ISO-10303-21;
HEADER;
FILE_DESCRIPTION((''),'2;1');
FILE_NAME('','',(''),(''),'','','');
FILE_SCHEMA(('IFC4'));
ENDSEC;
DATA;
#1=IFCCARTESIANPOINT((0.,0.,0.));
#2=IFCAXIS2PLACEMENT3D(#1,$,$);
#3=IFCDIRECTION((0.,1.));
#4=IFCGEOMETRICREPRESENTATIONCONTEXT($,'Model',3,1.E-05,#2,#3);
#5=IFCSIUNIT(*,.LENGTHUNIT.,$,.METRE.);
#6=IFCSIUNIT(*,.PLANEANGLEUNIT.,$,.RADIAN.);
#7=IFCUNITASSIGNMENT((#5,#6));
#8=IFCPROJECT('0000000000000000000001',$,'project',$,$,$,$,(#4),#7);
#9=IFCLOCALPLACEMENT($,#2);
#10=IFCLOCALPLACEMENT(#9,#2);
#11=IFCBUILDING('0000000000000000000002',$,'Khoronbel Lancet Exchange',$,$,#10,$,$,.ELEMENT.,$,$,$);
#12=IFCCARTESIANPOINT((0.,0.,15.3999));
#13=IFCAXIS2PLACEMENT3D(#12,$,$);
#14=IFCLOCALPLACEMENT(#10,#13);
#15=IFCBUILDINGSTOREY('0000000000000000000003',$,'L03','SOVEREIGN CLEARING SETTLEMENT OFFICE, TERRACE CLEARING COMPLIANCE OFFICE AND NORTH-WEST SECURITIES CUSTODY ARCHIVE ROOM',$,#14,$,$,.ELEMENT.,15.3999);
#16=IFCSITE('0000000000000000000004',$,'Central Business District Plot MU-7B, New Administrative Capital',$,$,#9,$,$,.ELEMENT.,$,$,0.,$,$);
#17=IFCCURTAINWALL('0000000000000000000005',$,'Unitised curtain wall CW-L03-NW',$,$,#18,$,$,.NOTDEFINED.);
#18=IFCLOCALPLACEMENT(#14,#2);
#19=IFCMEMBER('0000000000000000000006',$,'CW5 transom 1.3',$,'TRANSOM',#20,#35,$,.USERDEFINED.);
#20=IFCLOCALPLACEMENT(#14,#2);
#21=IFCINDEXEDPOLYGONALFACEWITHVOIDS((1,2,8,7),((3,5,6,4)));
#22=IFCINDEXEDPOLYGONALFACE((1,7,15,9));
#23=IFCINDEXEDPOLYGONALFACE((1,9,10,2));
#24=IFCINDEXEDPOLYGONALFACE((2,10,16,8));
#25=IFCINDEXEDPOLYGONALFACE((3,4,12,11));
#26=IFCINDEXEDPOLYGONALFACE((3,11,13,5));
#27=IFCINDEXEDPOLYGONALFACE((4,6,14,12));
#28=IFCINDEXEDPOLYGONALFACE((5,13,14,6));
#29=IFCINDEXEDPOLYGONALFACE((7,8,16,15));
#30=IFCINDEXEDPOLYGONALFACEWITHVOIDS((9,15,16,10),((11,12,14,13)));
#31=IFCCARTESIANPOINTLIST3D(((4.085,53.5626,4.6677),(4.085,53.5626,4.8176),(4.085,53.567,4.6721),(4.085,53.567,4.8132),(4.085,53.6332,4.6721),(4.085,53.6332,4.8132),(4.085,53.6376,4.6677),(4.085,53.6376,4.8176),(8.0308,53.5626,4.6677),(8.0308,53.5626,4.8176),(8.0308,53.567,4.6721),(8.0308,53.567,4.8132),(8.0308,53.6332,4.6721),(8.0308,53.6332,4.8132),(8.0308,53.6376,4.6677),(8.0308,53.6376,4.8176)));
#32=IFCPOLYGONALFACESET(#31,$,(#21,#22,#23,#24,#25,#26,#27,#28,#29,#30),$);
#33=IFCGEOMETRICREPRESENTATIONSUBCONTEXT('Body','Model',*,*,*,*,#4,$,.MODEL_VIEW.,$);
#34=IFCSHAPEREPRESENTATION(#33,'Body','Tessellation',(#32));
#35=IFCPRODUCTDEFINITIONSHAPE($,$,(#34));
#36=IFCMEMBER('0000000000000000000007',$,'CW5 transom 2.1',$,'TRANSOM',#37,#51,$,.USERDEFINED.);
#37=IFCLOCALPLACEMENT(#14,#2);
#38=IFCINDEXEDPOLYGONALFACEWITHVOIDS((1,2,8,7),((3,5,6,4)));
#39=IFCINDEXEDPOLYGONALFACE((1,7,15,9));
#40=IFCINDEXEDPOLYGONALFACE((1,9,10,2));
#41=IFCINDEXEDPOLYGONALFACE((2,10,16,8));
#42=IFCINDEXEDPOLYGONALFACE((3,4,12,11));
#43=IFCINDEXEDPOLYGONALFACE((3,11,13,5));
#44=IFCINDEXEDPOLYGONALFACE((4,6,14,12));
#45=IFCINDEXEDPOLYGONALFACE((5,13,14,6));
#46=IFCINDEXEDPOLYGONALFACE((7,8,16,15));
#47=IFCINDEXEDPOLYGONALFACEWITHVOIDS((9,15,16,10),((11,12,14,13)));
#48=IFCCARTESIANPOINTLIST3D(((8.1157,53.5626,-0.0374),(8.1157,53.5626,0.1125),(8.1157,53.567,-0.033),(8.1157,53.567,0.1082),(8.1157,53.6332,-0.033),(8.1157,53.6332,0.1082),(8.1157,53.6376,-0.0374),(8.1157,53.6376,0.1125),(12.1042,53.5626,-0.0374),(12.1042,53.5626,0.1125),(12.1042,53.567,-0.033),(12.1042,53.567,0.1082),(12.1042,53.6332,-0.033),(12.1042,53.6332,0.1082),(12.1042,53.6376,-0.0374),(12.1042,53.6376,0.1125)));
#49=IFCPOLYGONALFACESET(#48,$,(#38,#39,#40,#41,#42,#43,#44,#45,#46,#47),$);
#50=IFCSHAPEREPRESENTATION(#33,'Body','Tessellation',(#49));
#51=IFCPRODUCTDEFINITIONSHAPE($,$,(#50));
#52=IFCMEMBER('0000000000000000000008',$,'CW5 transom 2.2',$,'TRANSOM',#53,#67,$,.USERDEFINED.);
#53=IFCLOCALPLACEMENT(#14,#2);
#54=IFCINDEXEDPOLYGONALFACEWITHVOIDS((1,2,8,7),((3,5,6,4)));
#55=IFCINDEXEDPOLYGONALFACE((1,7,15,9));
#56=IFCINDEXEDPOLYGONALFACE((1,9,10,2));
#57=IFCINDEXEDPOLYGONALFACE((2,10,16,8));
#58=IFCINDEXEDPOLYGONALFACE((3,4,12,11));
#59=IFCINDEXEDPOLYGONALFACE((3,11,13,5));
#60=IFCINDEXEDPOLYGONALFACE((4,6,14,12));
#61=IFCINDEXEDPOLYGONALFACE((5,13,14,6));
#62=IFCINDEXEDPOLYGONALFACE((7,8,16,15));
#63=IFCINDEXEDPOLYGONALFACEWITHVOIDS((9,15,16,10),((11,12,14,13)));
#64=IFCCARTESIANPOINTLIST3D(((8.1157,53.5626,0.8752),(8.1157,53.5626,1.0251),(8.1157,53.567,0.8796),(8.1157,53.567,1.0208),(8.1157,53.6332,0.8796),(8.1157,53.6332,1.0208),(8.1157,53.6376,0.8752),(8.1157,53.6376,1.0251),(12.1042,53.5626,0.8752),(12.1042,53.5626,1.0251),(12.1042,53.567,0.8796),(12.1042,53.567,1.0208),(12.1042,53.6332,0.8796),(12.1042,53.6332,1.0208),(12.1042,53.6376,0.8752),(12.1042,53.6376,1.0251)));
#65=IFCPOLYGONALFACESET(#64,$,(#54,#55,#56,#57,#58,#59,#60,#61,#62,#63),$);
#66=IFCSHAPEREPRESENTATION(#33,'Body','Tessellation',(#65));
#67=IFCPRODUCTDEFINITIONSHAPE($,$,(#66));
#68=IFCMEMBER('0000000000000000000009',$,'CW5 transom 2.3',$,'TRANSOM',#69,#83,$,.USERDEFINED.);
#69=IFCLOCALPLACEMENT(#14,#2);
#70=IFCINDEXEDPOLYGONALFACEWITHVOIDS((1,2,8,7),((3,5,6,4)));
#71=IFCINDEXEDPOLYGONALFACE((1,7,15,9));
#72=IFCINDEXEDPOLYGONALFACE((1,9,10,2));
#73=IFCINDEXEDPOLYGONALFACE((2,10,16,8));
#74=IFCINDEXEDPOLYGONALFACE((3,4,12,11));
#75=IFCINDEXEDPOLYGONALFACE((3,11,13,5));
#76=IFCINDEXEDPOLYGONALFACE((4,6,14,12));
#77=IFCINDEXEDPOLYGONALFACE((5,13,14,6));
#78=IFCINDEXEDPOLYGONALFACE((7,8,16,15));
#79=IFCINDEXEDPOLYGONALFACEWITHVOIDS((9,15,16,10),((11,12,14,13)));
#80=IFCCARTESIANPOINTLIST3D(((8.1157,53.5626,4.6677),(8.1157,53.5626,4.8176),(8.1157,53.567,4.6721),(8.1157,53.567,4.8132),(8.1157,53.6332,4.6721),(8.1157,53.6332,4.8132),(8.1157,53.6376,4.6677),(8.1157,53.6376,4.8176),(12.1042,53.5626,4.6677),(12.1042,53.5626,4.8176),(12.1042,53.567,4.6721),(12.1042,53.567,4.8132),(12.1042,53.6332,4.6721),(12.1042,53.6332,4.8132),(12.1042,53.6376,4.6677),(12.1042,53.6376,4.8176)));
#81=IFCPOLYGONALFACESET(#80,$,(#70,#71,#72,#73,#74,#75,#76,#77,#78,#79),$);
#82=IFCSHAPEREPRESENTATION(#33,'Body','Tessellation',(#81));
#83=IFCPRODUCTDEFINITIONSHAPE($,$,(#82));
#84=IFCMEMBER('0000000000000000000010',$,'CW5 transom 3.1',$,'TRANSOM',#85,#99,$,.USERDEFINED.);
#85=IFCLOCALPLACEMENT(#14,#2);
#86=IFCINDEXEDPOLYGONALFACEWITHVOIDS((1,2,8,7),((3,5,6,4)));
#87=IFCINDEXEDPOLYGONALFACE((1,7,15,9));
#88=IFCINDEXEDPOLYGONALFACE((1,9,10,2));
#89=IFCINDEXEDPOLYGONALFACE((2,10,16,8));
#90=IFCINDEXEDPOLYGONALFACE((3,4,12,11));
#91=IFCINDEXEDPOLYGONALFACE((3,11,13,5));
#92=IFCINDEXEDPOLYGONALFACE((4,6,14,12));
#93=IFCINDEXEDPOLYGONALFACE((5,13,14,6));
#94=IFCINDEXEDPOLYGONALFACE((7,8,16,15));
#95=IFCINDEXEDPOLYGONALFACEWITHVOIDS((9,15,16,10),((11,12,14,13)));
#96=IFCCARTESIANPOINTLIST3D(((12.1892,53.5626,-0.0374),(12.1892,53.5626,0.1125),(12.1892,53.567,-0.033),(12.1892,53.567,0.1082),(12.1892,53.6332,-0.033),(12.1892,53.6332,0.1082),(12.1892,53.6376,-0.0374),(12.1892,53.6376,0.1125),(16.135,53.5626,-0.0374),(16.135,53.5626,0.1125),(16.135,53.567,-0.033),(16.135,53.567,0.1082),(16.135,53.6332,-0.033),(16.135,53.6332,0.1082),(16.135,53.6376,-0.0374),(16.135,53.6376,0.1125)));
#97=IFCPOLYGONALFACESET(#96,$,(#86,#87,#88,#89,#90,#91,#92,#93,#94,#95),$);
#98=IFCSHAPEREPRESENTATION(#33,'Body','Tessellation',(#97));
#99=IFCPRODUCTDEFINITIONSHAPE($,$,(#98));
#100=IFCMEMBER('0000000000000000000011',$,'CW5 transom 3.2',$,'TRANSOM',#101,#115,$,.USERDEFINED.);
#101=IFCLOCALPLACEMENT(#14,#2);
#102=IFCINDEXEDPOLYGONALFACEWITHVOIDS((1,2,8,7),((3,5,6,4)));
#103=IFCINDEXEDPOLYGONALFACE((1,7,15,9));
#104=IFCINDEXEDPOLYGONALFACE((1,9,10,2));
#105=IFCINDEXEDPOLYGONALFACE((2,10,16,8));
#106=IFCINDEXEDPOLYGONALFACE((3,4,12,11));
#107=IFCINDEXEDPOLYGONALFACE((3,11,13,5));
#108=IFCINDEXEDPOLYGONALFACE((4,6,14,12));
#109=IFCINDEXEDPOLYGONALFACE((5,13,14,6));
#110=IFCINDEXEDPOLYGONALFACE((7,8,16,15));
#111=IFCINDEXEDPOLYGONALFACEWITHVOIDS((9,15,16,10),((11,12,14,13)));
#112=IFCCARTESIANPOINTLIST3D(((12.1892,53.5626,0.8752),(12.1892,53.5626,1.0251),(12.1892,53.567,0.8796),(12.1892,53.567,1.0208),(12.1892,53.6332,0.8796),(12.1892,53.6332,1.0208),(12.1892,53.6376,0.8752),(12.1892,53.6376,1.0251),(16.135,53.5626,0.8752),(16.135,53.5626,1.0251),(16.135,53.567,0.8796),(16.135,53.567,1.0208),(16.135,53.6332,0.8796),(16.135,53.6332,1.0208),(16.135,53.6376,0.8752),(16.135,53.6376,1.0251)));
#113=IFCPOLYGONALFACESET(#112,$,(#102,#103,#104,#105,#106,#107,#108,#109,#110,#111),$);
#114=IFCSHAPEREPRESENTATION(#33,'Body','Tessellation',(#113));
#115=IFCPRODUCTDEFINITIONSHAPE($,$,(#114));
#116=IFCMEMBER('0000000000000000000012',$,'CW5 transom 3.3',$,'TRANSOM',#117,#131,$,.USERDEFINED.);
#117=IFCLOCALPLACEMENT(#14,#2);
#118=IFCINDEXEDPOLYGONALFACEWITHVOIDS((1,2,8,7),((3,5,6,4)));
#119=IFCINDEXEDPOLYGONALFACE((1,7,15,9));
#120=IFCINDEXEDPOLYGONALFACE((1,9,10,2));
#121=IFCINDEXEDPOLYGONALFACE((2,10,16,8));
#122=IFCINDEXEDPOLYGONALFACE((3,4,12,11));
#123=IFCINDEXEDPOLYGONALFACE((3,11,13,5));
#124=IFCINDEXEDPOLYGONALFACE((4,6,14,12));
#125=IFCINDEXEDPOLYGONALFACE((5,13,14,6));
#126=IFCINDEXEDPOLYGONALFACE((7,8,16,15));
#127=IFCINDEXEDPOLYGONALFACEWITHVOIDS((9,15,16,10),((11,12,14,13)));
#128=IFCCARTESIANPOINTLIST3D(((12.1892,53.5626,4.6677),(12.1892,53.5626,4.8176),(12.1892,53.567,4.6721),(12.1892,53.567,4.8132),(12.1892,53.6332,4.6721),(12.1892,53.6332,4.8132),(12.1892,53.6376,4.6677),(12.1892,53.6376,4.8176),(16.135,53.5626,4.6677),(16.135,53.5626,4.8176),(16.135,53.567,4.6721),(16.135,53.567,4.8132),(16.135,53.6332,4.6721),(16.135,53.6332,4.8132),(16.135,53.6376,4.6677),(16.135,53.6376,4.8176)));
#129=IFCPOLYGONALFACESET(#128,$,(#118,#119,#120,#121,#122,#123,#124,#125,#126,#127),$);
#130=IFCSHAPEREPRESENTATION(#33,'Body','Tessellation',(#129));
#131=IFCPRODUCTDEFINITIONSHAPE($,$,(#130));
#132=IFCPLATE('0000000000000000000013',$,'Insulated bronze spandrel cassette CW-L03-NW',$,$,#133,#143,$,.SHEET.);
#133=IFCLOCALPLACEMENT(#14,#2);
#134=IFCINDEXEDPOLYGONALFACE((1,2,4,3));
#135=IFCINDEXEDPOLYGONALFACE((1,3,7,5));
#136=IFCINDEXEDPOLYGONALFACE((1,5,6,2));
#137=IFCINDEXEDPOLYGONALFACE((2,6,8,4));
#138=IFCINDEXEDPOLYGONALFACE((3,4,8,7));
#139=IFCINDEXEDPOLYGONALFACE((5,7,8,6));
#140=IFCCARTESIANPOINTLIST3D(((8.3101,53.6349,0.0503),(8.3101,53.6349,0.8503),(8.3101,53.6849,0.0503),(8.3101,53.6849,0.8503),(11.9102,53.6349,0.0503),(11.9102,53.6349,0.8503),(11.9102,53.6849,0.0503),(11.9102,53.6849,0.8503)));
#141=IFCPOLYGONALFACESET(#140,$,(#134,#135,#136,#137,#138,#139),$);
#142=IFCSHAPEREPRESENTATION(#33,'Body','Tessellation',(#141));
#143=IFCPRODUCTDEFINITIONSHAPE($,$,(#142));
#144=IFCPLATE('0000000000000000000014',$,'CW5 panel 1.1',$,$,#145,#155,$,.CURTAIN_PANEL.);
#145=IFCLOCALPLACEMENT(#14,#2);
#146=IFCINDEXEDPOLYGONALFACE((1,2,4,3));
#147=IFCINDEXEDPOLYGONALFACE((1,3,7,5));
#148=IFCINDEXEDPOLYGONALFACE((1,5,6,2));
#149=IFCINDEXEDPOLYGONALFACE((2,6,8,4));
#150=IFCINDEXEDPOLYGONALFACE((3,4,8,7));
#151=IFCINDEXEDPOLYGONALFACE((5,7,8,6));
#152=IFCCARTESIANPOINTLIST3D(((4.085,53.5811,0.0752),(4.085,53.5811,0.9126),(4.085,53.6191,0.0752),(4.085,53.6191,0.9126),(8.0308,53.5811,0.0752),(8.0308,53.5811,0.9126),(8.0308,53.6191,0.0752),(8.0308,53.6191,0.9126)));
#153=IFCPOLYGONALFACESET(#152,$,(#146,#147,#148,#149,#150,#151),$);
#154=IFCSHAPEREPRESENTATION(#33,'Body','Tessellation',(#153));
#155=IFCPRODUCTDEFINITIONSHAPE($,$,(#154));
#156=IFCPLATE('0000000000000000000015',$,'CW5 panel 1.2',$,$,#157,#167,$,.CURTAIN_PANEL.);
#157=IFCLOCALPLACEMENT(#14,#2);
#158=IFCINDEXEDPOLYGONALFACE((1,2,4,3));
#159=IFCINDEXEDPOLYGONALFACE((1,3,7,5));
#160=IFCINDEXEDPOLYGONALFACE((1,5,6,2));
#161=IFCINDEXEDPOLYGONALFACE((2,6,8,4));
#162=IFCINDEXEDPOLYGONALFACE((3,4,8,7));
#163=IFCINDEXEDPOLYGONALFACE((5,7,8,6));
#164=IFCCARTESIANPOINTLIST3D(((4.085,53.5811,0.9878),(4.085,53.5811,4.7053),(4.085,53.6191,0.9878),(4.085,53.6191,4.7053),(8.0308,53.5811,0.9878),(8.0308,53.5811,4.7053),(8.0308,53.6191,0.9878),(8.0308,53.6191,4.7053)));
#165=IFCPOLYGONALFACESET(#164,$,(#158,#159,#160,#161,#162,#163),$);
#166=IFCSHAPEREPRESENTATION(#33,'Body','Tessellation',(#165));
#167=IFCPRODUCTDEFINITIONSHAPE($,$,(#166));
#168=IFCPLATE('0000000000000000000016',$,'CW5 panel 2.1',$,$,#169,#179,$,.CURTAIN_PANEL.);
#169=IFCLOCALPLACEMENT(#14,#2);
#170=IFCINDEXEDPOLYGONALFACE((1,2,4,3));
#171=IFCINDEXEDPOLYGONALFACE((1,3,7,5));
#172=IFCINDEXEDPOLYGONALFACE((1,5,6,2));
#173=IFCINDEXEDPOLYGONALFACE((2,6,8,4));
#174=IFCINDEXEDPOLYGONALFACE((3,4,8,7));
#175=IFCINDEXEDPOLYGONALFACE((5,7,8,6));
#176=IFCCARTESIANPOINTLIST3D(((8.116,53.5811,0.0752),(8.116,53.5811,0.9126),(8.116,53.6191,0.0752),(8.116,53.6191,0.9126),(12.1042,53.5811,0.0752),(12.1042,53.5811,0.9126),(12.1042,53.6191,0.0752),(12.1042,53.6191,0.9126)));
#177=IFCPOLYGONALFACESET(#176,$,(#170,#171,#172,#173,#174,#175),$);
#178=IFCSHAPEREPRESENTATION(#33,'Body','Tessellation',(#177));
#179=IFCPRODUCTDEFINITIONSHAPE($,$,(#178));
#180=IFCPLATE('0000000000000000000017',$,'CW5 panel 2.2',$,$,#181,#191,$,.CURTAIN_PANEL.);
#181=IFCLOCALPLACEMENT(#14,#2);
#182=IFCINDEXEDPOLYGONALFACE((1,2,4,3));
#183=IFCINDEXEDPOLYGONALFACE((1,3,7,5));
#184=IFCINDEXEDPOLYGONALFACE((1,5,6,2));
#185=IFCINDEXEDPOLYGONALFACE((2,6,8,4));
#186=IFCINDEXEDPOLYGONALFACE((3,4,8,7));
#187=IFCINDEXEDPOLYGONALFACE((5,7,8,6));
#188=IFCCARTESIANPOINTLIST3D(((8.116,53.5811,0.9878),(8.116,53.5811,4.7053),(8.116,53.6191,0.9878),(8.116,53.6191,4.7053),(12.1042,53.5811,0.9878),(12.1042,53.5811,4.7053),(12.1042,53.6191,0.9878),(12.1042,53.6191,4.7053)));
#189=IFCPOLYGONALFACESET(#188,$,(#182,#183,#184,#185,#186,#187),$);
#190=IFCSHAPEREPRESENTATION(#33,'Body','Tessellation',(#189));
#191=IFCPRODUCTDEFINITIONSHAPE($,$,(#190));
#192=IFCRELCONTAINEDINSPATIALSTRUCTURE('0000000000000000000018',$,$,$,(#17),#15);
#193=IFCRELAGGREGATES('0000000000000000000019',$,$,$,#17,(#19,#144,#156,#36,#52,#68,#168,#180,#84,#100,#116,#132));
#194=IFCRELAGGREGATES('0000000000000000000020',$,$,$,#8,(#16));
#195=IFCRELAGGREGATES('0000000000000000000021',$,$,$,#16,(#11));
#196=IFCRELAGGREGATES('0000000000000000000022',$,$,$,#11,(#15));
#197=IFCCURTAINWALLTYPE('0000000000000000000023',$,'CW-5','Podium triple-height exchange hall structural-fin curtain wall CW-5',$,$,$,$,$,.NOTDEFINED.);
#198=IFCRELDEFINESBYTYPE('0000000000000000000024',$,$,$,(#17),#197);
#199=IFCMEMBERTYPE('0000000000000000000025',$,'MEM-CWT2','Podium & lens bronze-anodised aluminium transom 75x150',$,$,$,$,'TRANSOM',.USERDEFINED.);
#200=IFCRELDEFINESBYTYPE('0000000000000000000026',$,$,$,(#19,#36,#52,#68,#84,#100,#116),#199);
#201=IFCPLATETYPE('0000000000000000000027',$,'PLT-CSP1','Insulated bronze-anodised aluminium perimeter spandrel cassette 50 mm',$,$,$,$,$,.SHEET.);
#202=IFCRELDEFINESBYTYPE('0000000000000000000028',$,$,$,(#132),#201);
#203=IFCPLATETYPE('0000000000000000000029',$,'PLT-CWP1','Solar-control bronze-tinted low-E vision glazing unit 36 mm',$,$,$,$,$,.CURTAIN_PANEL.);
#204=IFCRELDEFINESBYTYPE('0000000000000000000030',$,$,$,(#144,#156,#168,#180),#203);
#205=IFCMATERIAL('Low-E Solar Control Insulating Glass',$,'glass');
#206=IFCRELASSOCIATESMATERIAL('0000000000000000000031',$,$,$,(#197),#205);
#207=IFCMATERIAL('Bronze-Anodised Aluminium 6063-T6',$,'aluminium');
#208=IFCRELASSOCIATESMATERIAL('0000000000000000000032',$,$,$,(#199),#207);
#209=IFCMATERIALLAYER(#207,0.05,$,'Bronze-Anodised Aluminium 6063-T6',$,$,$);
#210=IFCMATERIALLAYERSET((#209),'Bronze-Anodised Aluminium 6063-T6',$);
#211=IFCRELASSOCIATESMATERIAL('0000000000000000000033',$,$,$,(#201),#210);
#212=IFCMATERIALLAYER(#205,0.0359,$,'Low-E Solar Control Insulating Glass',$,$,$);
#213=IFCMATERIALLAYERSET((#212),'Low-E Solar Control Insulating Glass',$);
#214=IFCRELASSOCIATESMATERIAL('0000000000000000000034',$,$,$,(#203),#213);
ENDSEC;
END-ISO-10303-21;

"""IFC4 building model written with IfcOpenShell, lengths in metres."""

from ifc_helpers import new_model, si_unit, direction, frame, origin, origin_2d, place, context, subcontext, project, spatial, rectangle, hollow_rectangle, extrude, material, layer, layer_set, material_profile, profile_set, type_object, element, aggregate, save


model = new_model("IFC4")

# Units and contexts
model_context = context("Model", 3, precision=1e-05, world=origin(), true_north=direction((0.0, 1.0)))
body_context = subcontext(model_context, "Body", "Model", "MODEL_VIEW")
ifc_project = project(units=[si_unit("LENGTHUNIT", "METRE"), si_unit("PLANEANGLEUNIT", "RADIAN")], contexts=[model_context])

# Site, building, storey
site_placement = place(None, origin())
site = spatial("IfcSite", under=ifc_project, at=site_placement, Name="Central Business District Plot MU-7B, New Administrative Capital", CompositionType="ELEMENT", RefElevation=0.0)
building_placement = place(site_placement, origin())
building = spatial("IfcBuilding", under=site, at=building_placement, Name="Khoronbel Lancet Exchange", CompositionType="ELEMENT")
storey_placement = place(building_placement, frame((0.0, 0.0, 15.3999)))
storey = spatial("IfcBuildingStorey", under=building, at=storey_placement, Name="L03", Description="SOVEREIGN CLEARING SETTLEMENT OFFICE, TERRACE CLEARING COMPLIANCE OFFICE AND NORTH-WEST SECURITIES CUSTODY ARCHIVE ROOM", CompositionType="ELEMENT", Elevation=15.3999)

# Shared definitions
ifc_material_1 = material(Name="Low-E Solar Control Insulating Glass", Category="glass")
curtain_wall_type = type_object("IfcCurtainWallType", Name="CW-5", Description="Podium triple-height exchange hall structural-fin curtain wall CW-5", PredefinedType="NOTDEFINED", material=ifc_material_1)
ifc_material_2 = material(Name="Bronze-Anodised Aluminium 6063-T6", Category="aluminium")

# Curtain wall, members, plates
curtain_wall_1_placement = place(storey_placement, origin())
curtain_wall_1 = element("IfcCurtainWall", 1, at=curtain_wall_1_placement, inside=storey, type_object=curtain_wall_type, Name="Unitised curtain wall CW-L03-NW", PredefinedType="NOTDEFINED")
ifc_material_profile_1 = material_profile(ifc_material_2, hollow_rectangle(XDim=0.075, YDim=0.1499, WallThickness=0.0044, at=origin_2d()), Name="ALU TRANSOM 75x150")
ifc_profile_set_1 = profile_set([ifc_material_profile_1], Name="Bronze-Anodised Aluminium 6063-T6")
member_type_1 = type_object("IfcMemberType", Name="MEM-CWT2", Description="Podium & lens bronze-anodised aluminium transom 75x150", ElementType="TRANSOM", PredefinedType="USERDEFINED", material=ifc_profile_set_1)
member_1_placement = place(storey_placement, frame((4.085, 53.6001, 4.7427), z_axis=(1.0, 0.0, 0.0), x_axis=(0.0, 1.0, 0.0)))
member_1 = element("IfcMember", 2, at=member_1_placement, type_object=member_type_1, Name="CW5 transom 1.3", ObjectType="TRANSOM", PredefinedType="USERDEFINED", context=body_context, shape_type="SweptSolid", body=[
    extrude(hollow_rectangle(XDim=0.075, YDim=0.1499, WallThickness=0.0044, at=origin_2d()), origin(), (0.0, 0.0, 1.0), 3.9458),
])
member_2_placement = place(storey_placement, frame((8.1157, 53.6001, 0.0376), z_axis=(1.0, 0.0, 0.0), x_axis=(0.0, 1.0, 0.0)))
member_2 = element("IfcMember", 3, at=member_2_placement, type_object=member_type_1, Name="CW5 transom 2.1", ObjectType="TRANSOM", PredefinedType="USERDEFINED", context=body_context, shape_type="SweptSolid", body=[
    extrude(hollow_rectangle(XDim=0.075, YDim=0.1499, WallThickness=0.0044, at=origin_2d()), origin(), (0.0, 0.0, 1.0), 3.9885),
])
member_3_placement = place(storey_placement, frame((8.1157, 53.6001, 0.9502), z_axis=(1.0, 0.0, 0.0), x_axis=(0.0, 1.0, 0.0)))
member_3 = element("IfcMember", 4, at=member_3_placement, type_object=member_type_1, Name="CW5 transom 2.2", ObjectType="TRANSOM", PredefinedType="USERDEFINED", context=body_context, shape_type="SweptSolid", body=[
    extrude(hollow_rectangle(XDim=0.075, YDim=0.1499, WallThickness=0.0044, at=origin_2d()), origin(), (0.0, 0.0, 1.0), 3.9885),
])
member_4_placement = place(storey_placement, frame((8.1157, 53.6001, 4.7427), z_axis=(1.0, 0.0, 0.0), x_axis=(0.0, 1.0, 0.0)))
member_4 = element("IfcMember", 5, at=member_4_placement, type_object=member_type_1, Name="CW5 transom 2.3", ObjectType="TRANSOM", PredefinedType="USERDEFINED", context=body_context, shape_type="SweptSolid", body=[
    extrude(hollow_rectangle(XDim=0.075, YDim=0.1499, WallThickness=0.0044, at=origin_2d()), origin(), (0.0, 0.0, 1.0), 3.9885),
])
member_5_placement = place(storey_placement, frame((12.1892, 53.6001, 0.0376), z_axis=(1.0, 0.0, 0.0), x_axis=(0.0, 1.0, 0.0)))
member_5 = element("IfcMember", 6, at=member_5_placement, type_object=member_type_1, Name="CW5 transom 3.1", ObjectType="TRANSOM", PredefinedType="USERDEFINED", context=body_context, shape_type="SweptSolid", body=[
    extrude(hollow_rectangle(XDim=0.075, YDim=0.1499, WallThickness=0.0044, at=origin_2d()), origin(), (0.0, 0.0, 1.0), 3.9458),
])
member_6_placement = place(storey_placement, frame((12.1892, 53.6001, 0.9502), z_axis=(1.0, 0.0, 0.0), x_axis=(0.0, 1.0, 0.0)))
member_6 = element("IfcMember", 7, at=member_6_placement, type_object=member_type_1, Name="CW5 transom 3.2", ObjectType="TRANSOM", PredefinedType="USERDEFINED", context=body_context, shape_type="SweptSolid", body=[
    extrude(hollow_rectangle(XDim=0.075, YDim=0.1499, WallThickness=0.0044, at=origin_2d()), origin(), (0.0, 0.0, 1.0), 3.9458),
])
member_7_placement = place(storey_placement, frame((12.1892, 53.6001, 4.7427), z_axis=(1.0, 0.0, 0.0), x_axis=(0.0, 1.0, 0.0)))
member_7 = element("IfcMember", 8, at=member_7_placement, type_object=member_type_1, Name="CW5 transom 3.3", ObjectType="TRANSOM", PredefinedType="USERDEFINED", context=body_context, shape_type="SweptSolid", body=[
    extrude(hollow_rectangle(XDim=0.075, YDim=0.1499, WallThickness=0.0044, at=origin_2d()), origin(), (0.0, 0.0, 1.0), 3.9458),
])
ifc_layer_1 = layer(ifc_material_2, 0.05, Name="Bronze-Anodised Aluminium 6063-T6")
ifc_layer_set_1 = layer_set([ifc_layer_1], Name="Bronze-Anodised Aluminium 6063-T6")
plate_type_1 = type_object("IfcPlateType", Name="PLT-CSP1", Description="Insulated bronze-anodised aluminium perimeter spandrel cassette 50 mm", PredefinedType="SHEET", material=ifc_layer_set_1)
plate_1_placement = place(storey_placement, frame((10.1101, 53.6599, 0.0503), z_axis=(0.0, 0.0, 1.0), x_axis=(1.0, 0.0, 0.0)))
plate_1 = element("IfcPlate", 9, at=plate_1_placement, type_object=plate_type_1, Name="Insulated bronze spandrel cassette CW-L03-NW", PredefinedType="SHEET", context=body_context, shape_type="SweptSolid", body=[
    extrude(rectangle(XDim=3.6001, YDim=0.05, at=origin_2d()), origin(), (0.0, 0.0, 1.0), 0.8),
])
ifc_layer_2 = layer(ifc_material_1, 0.0359, Name="Low-E Solar Control Insulating Glass")
ifc_layer_set_2 = layer_set([ifc_layer_2], Name="Low-E Solar Control Insulating Glass")
plate_type_2 = type_object("IfcPlateType", Name="PLT-CWP1", Description="Solar-control bronze-tinted low-E vision glazing unit 36 mm", PredefinedType="CURTAIN_PANEL", material=ifc_layer_set_2)
plate_2_placement = place(storey_placement, frame((6.0579, 53.6001, 0.0752), z_axis=(0.0, 0.0, 1.0), x_axis=(1.0, 0.0, 0.0)))
plate_2 = element("IfcPlate", 10, at=plate_2_placement, type_object=plate_type_2, Name="CW5 panel 1.1", PredefinedType="CURTAIN_PANEL", context=body_context, shape_type="SweptSolid", body=[
    extrude(rectangle(XDim=3.9458, YDim=0.0381, at=origin_2d()), origin(), (0.0, 0.0, 1.0), 0.8374),
])
plate_3_placement = place(storey_placement, frame((6.0579, 53.6001, 0.9878), z_axis=(0.0, 0.0, 1.0), x_axis=(1.0, 0.0, 0.0)))
plate_3 = element("IfcPlate", 11, at=plate_3_placement, type_object=plate_type_2, Name="CW5 panel 1.2", PredefinedType="CURTAIN_PANEL", context=body_context, shape_type="SweptSolid", body=[
    extrude(rectangle(XDim=3.9458, YDim=0.0381, at=origin_2d()), origin(), (0.0, 0.0, 1.0), 3.7175),
])
plate_4_placement = place(storey_placement, frame((10.1101, 53.6001, 0.0752), z_axis=(0.0, 0.0, 1.0), x_axis=(1.0, 0.0, 0.0)))
plate_4 = element("IfcPlate", 12, at=plate_4_placement, type_object=plate_type_2, Name="CW5 panel 2.1", PredefinedType="CURTAIN_PANEL", context=body_context, shape_type="SweptSolid", body=[
    extrude(rectangle(XDim=3.9883, YDim=0.0381, at=origin_2d()), origin(), (0.0, 0.0, 1.0), 0.8374),
])
plate_5_placement = place(storey_placement, frame((10.1101, 53.6001, 0.9878), z_axis=(0.0, 0.0, 1.0), x_axis=(1.0, 0.0, 0.0)))
plate_5 = element("IfcPlate", 13, at=plate_5_placement, type_object=plate_type_2, Name="CW5 panel 2.2", PredefinedType="CURTAIN_PANEL", context=body_context, shape_type="SweptSolid", body=[
    extrude(rectangle(XDim=3.9883, YDim=0.0381, at=origin_2d()), origin(), (0.0, 0.0, 1.0), 3.7175),
])
aggregate(curtain_wall_1, [member_1, plate_2, plate_3, member_2, member_3, member_4, plate_4, plate_5, member_5, member_6, member_7, plate_1])

save(model, "model.ifc")
